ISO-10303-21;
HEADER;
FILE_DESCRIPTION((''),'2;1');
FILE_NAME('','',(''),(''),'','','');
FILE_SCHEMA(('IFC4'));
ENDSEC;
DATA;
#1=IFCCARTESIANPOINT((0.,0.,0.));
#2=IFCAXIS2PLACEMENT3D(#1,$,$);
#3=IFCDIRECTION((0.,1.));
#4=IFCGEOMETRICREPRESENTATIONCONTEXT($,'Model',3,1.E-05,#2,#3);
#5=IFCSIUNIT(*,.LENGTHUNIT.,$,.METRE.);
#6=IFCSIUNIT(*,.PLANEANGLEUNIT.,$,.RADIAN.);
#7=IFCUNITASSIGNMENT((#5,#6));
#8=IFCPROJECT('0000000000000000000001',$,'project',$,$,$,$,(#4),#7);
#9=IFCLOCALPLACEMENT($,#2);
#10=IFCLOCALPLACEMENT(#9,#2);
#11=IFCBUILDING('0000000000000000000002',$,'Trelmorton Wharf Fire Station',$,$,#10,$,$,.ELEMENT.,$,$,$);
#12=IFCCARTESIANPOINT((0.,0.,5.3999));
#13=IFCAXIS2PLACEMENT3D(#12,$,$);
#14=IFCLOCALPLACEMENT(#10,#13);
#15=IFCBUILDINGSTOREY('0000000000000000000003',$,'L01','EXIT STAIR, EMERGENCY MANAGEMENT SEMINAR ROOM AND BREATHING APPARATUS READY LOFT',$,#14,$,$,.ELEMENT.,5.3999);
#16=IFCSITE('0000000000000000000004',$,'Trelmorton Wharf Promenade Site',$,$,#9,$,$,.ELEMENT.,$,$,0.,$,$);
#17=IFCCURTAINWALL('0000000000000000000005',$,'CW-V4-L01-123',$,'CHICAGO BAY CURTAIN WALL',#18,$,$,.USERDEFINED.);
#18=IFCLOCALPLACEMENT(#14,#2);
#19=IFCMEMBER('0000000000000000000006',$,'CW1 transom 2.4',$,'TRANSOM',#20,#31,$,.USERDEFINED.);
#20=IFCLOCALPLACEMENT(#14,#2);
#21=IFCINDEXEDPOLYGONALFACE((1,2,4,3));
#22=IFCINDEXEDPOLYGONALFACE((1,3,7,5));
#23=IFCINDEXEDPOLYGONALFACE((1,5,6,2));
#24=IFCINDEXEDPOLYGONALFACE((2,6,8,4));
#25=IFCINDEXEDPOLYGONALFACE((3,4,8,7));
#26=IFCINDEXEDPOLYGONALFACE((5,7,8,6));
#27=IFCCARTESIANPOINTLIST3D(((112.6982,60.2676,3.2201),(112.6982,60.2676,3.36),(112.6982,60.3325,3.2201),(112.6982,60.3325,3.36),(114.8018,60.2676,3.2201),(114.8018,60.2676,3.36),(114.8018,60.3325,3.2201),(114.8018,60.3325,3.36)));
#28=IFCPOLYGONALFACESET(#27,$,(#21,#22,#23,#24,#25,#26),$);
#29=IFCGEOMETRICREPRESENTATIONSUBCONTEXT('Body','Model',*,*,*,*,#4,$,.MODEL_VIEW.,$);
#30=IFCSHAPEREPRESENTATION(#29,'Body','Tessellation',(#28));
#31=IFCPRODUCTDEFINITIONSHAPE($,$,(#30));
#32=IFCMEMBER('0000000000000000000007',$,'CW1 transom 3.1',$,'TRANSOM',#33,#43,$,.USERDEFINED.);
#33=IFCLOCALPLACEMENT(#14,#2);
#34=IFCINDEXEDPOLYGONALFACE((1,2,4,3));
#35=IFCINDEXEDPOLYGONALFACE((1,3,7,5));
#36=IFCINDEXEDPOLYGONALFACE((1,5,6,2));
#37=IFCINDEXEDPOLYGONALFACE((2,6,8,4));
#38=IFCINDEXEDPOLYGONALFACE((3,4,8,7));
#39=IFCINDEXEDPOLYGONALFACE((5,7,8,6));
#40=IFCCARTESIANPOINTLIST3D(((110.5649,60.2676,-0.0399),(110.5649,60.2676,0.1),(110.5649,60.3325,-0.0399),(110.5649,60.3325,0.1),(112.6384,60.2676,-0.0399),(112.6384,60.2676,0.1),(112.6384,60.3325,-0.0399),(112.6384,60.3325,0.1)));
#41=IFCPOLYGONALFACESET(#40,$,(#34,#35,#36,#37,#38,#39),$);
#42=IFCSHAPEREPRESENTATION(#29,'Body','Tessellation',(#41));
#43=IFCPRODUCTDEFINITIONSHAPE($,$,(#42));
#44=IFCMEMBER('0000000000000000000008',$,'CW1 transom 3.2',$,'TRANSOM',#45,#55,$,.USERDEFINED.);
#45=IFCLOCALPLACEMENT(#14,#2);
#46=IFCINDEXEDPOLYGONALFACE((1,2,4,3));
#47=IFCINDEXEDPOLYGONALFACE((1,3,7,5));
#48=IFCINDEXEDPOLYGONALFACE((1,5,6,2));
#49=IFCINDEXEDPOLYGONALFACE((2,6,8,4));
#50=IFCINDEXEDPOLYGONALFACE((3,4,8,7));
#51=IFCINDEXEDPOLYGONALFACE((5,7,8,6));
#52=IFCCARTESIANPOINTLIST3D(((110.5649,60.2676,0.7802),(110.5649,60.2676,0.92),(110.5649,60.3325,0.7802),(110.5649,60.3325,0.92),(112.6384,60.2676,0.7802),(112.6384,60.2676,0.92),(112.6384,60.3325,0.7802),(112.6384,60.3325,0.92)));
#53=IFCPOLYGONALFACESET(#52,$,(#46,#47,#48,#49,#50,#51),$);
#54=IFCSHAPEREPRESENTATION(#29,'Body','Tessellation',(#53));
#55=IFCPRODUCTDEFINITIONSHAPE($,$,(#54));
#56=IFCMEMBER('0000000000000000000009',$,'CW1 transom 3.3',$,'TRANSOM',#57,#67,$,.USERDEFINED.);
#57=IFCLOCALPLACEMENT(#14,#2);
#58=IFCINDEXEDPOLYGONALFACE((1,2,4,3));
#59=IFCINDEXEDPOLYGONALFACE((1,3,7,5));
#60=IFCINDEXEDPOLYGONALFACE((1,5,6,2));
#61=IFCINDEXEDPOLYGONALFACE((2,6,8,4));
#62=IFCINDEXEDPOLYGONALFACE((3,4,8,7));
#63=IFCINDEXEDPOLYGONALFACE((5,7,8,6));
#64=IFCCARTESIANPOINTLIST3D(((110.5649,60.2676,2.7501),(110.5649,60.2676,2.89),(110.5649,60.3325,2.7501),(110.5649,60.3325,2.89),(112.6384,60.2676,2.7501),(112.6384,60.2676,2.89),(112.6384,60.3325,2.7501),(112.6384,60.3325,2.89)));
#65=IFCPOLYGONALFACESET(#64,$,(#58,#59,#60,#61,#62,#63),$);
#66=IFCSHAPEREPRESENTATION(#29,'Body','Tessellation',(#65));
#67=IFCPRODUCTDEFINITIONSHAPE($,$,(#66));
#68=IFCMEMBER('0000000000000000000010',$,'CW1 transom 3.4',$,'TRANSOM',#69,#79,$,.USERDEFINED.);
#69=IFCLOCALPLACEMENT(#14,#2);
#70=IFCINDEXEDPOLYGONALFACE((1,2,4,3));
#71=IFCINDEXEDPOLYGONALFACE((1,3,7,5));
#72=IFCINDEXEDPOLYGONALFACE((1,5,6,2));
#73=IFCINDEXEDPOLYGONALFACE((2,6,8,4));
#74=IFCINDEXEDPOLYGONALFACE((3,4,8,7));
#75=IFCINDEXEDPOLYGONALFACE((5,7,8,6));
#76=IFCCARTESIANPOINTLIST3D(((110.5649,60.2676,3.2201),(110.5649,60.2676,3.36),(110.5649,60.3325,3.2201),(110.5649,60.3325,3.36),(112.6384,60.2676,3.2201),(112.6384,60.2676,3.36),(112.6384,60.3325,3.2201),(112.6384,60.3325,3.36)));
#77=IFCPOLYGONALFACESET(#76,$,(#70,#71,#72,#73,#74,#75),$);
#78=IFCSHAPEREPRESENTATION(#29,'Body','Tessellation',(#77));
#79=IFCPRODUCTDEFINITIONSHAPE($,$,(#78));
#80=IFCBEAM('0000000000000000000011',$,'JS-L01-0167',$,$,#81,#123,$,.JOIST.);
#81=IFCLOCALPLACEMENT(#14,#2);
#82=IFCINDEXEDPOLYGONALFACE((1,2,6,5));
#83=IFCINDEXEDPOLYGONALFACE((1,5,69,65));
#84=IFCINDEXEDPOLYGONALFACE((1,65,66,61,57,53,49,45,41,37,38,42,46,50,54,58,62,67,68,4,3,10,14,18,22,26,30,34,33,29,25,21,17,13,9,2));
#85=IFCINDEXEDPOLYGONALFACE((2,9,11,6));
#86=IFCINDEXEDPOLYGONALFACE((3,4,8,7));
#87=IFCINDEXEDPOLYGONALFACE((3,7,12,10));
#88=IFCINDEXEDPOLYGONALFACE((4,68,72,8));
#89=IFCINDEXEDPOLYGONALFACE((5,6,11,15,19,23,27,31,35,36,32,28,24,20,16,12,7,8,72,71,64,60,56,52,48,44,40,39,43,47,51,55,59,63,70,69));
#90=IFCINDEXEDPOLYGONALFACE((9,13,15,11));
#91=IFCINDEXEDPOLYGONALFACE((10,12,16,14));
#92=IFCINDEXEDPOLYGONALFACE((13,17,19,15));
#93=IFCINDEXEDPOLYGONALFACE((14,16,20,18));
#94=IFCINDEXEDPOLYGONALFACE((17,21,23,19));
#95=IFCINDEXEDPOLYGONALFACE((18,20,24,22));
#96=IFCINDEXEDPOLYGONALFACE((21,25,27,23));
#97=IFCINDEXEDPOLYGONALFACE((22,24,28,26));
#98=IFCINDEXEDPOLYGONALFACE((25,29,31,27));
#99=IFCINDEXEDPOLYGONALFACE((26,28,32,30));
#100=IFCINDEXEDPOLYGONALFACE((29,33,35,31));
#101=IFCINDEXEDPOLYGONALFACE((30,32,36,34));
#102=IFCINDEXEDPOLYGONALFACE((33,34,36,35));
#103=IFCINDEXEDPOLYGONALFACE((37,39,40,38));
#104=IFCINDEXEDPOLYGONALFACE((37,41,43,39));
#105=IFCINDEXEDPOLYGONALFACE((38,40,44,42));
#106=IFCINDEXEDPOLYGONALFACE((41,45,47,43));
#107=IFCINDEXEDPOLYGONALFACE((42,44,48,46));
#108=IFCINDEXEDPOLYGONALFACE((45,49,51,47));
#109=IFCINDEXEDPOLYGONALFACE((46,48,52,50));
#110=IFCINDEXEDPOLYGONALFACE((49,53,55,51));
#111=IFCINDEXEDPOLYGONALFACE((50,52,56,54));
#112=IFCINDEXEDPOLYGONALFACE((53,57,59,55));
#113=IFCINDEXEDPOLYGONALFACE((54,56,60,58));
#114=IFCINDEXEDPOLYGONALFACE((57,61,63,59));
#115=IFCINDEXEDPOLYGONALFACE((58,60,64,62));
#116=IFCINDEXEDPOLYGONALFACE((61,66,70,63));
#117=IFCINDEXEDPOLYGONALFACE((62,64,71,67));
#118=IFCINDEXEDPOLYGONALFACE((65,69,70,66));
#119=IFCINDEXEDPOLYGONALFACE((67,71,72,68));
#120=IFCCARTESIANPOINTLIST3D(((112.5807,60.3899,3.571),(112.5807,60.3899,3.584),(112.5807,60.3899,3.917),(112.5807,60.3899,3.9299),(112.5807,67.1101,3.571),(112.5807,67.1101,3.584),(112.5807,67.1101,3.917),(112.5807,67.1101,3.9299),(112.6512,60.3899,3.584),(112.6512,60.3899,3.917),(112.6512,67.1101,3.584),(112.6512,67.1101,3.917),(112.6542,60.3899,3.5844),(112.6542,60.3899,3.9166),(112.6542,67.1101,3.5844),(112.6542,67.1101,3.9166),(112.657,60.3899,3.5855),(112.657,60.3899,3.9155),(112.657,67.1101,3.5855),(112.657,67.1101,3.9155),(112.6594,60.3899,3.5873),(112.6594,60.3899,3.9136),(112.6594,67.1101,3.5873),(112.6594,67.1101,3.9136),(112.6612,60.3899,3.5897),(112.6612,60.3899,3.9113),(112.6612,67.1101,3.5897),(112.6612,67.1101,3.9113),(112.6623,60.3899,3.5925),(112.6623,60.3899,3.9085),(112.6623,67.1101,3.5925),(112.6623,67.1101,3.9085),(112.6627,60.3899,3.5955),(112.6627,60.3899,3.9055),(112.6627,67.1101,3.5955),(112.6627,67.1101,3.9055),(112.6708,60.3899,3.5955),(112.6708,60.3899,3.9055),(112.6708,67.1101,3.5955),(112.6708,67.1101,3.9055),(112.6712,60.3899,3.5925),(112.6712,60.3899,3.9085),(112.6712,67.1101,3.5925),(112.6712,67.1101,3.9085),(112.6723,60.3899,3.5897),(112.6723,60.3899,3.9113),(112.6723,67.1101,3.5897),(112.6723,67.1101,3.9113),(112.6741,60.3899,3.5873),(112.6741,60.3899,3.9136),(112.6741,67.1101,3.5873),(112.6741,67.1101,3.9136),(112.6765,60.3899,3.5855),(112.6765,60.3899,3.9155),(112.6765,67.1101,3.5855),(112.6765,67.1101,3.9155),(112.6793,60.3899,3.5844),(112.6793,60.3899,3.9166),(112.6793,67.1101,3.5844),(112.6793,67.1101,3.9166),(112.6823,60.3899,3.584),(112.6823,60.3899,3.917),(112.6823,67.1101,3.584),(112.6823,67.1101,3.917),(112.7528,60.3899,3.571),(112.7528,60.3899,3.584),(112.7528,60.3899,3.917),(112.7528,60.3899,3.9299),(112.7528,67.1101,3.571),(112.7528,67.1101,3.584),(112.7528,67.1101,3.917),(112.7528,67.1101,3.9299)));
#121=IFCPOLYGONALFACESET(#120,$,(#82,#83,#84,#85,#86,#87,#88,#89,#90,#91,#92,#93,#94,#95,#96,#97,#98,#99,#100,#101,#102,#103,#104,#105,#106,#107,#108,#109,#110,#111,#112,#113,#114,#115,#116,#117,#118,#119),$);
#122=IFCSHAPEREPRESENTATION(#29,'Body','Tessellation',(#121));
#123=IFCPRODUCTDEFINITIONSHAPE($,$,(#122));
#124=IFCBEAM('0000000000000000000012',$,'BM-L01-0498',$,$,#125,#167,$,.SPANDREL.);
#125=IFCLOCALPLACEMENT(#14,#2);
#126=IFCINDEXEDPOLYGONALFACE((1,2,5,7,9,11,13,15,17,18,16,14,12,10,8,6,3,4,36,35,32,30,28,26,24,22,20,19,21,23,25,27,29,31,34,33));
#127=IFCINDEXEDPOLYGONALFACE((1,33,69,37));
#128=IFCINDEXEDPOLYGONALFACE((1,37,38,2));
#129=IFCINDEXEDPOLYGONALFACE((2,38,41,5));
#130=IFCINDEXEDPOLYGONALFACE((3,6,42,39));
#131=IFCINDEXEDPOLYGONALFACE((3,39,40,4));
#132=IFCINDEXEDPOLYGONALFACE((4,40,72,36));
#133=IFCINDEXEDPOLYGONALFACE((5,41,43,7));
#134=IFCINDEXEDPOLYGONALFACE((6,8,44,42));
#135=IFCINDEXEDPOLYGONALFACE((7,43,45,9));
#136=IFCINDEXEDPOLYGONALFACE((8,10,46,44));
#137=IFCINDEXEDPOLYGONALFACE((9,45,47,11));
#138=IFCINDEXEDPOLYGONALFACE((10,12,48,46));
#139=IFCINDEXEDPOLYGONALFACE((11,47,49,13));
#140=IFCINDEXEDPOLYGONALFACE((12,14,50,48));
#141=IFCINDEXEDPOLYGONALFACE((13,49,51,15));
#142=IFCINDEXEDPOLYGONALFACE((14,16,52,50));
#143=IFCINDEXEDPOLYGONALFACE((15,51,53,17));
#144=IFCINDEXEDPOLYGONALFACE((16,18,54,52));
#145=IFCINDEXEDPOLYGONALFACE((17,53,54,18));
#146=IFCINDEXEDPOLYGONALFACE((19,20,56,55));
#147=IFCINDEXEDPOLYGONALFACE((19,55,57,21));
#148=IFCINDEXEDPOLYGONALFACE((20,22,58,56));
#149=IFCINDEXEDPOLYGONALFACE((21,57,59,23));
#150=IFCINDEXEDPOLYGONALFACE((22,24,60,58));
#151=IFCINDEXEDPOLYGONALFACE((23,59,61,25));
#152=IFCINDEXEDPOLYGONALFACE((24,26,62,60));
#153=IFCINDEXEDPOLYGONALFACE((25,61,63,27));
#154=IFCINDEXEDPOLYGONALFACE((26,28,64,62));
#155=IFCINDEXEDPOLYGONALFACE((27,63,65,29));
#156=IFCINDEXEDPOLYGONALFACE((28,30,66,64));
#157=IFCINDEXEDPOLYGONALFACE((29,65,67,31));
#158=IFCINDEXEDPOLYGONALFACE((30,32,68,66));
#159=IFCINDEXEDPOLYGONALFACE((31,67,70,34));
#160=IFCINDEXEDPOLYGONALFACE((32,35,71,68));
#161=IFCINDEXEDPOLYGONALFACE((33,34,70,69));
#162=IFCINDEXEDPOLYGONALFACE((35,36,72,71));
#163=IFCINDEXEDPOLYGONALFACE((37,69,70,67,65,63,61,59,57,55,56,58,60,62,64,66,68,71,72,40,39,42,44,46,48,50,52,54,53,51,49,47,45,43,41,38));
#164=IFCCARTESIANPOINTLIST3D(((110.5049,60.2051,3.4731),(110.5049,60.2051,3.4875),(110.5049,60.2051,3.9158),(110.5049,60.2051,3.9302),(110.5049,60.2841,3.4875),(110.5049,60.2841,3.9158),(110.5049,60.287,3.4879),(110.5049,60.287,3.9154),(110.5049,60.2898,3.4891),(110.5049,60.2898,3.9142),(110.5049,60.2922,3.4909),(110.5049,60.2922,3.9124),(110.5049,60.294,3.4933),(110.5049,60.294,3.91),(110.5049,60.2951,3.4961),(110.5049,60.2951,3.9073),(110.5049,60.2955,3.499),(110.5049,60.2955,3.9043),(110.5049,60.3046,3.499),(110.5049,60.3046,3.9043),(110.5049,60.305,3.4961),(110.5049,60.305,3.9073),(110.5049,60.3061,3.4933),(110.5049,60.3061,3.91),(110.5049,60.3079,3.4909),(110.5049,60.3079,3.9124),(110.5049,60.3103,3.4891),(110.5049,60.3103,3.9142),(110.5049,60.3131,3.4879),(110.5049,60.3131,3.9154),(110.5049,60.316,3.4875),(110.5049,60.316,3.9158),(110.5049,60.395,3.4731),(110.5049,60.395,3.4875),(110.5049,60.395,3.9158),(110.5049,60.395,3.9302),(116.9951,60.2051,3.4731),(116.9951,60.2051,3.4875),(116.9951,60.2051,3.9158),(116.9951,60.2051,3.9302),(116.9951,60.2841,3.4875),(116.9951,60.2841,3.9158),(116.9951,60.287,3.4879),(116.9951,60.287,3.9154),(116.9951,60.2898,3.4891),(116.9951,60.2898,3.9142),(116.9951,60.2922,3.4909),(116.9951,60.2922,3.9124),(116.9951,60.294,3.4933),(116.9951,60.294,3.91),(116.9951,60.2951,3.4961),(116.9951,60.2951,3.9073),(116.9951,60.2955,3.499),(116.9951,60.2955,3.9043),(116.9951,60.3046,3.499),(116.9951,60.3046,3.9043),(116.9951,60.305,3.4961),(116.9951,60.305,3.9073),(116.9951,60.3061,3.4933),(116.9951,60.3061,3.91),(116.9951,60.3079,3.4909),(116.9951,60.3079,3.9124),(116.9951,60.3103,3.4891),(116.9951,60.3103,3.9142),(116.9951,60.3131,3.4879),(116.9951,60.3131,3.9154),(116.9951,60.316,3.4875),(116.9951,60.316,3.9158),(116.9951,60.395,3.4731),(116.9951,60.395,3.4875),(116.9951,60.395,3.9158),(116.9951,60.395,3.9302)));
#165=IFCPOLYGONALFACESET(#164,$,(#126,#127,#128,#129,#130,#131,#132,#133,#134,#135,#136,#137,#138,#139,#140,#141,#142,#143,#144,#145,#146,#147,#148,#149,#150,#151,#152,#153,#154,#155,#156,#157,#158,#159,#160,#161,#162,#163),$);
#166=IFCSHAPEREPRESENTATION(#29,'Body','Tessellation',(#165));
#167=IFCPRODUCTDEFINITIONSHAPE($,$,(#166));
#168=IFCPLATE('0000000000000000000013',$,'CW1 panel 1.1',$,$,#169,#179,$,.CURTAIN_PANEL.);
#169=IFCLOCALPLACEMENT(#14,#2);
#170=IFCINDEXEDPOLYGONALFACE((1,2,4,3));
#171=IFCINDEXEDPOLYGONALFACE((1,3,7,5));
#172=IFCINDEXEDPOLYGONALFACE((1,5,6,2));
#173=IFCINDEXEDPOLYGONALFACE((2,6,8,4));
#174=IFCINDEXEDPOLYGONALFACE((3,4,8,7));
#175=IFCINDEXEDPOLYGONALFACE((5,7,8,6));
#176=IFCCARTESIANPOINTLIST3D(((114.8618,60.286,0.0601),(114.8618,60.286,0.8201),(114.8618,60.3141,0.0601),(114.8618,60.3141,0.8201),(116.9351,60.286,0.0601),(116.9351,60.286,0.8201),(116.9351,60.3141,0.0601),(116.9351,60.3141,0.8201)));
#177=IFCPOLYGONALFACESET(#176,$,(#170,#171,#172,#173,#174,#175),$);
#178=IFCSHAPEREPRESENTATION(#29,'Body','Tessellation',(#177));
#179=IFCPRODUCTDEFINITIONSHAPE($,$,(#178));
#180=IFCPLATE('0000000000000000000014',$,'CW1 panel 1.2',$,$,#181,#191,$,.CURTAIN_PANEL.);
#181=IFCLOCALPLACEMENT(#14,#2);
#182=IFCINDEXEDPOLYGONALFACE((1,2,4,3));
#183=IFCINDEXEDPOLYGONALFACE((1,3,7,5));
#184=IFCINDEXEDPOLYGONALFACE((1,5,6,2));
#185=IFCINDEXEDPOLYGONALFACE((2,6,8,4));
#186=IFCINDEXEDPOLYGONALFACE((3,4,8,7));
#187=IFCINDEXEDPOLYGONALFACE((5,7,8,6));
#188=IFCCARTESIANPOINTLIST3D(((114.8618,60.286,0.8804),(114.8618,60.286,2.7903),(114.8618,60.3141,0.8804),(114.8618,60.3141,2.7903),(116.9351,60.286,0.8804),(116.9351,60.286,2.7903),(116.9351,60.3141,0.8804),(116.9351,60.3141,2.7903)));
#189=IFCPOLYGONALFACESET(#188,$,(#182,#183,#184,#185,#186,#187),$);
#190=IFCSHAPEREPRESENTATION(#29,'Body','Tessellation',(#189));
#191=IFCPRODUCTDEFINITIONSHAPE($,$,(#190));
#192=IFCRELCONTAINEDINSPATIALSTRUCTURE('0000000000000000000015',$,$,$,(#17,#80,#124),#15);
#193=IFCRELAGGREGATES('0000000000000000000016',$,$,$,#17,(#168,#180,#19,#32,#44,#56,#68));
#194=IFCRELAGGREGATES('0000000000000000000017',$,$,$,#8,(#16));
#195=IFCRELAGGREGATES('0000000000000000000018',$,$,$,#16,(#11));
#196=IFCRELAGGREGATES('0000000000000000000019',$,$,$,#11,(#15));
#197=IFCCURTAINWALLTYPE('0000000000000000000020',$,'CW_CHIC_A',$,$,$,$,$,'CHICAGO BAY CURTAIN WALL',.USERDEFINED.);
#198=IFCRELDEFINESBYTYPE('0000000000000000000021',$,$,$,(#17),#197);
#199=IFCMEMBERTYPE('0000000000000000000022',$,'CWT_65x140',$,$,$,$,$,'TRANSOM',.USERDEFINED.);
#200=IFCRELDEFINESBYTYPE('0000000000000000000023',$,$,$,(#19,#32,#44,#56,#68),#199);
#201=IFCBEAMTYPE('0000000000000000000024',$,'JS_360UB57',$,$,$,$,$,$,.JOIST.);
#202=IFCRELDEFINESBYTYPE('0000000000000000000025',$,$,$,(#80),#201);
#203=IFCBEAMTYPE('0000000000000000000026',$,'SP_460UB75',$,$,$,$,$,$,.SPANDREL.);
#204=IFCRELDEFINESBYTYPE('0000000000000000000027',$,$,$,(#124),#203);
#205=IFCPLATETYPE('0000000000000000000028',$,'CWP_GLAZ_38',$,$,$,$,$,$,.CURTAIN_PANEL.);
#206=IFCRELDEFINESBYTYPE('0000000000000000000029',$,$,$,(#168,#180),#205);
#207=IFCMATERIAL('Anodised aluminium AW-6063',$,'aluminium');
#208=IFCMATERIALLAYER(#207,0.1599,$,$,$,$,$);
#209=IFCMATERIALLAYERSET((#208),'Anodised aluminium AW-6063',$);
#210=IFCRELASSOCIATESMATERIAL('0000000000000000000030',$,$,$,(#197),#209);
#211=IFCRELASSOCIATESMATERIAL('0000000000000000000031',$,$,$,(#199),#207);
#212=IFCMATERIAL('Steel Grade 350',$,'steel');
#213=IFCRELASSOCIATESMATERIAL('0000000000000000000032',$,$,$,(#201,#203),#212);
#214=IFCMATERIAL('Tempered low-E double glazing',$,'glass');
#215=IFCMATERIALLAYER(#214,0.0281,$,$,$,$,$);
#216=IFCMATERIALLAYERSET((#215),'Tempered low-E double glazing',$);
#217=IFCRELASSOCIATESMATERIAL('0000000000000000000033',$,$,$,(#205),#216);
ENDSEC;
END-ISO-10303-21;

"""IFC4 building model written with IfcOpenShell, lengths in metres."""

from ifc_helpers import new_model, si_unit, direction, frame, origin, origin_2d, place, context, subcontext, project, spatial, rectangle, i_section, extrude, material, layer, layer_set, material_profile, profile_set, type_object, element, aggregate, save


model = new_model("IFC4")

# Units and contexts
model_context = context("Model", 3, precision=1e-05, world=origin(), true_north=direction((0.0, 1.0)))
body_context = subcontext(model_context, "Body", "Model", "MODEL_VIEW")
ifc_project = project(units=[si_unit("LENGTHUNIT", "METRE"), si_unit("PLANEANGLEUNIT", "RADIAN")], contexts=[model_context])

# Site, building, storey
site_placement = place(None, origin())
site = spatial("IfcSite", under=ifc_project, at=site_placement, Name="Trelmorton Wharf Promenade Site", CompositionType="ELEMENT", RefElevation=0.0)
building_placement = place(site_placement, origin())
building = spatial("IfcBuilding", under=site, at=building_placement, Name="Trelmorton Wharf Fire Station", CompositionType="ELEMENT")
storey_placement = place(building_placement, frame((0.0, 0.0, 5.3999)))
storey = spatial("IfcBuildingStorey", under=building, at=storey_placement, Name="L01", Description="EXIT STAIR, EMERGENCY MANAGEMENT SEMINAR ROOM AND BREATHING APPARATUS READY LOFT", CompositionType="ELEMENT", Elevation=5.3999)

# Shared definitions
ifc_material_1 = material(Name="Steel Grade 350", Category="steel")

# Curtain wall, members
ifc_material_2 = material(Name="Anodised aluminium AW-6063", Category="aluminium")
ifc_layer_1 = layer(ifc_material_2, 0.1599)
ifc_layer_set_1 = layer_set([ifc_layer_1], Name="Anodised aluminium AW-6063")
curtain_wall_type = type_object("IfcCurtainWallType", Name="CW_CHIC_A", ElementType="CHICAGO BAY CURTAIN WALL", PredefinedType="USERDEFINED", material=ifc_layer_set_1)
curtain_wall_placement = place(storey_placement, origin())
curtain_wall = element("IfcCurtainWall", 1, at=curtain_wall_placement, inside=storey, type_object=curtain_wall_type, Name="CW-V4-L01-123", ObjectType="CHICAGO BAY CURTAIN WALL", PredefinedType="USERDEFINED")
ifc_material_profile_1 = material_profile(ifc_material_2, rectangle(XDim=0.0649, YDim=0.1399, at=origin_2d()), Name="ALU-65x140")
ifc_profile_set_1 = profile_set([ifc_material_profile_1], Name="Anodised aluminium AW-6063")
member_type_1 = type_object("IfcMemberType", Name="CWT_65x140", ElementType="TRANSOM", PredefinedType="USERDEFINED", material=ifc_profile_set_1)
member_1_placement = place(storey_placement, frame((114.8018, 60.3, 3.29), z_axis=(-1.0, 0.0, 0.0), x_axis=(0.0, -1.0, 0.0)))
member_1 = element("IfcMember", 2, at=member_1_placement, type_object=member_type_1, Name="CW1 transom 2.4", ObjectType="TRANSOM", PredefinedType="USERDEFINED", context=body_context, shape_type="SweptSolid", body=[
    extrude(rectangle(XDim=0.0649, YDim=0.1399, at=origin_2d()), origin(), (0.0, 0.0, 1.0), 2.1035),
])
member_2_placement = place(storey_placement, frame((112.6384, 60.3, 0.03), z_axis=(-1.0, 0.0, 0.0), x_axis=(0.0, -1.0, 0.0)))
member_2 = element("IfcMember", 3, at=member_2_placement, type_object=member_type_1, Name="CW1 transom 3.1", ObjectType="TRANSOM", PredefinedType="USERDEFINED", context=body_context, shape_type="SweptSolid", body=[
    extrude(rectangle(XDim=0.0649, YDim=0.1399, at=origin_2d()), origin(), (0.0, 0.0, 1.0), 2.0735),
])
member_3_placement = place(storey_placement, frame((112.6384, 60.3, 0.8501), z_axis=(-1.0, 0.0, 0.0), x_axis=(0.0, -1.0, 0.0)))
member_3 = element("IfcMember", 4, at=member_3_placement, type_object=member_type_1, Name="CW1 transom 3.2", ObjectType="TRANSOM", PredefinedType="USERDEFINED", context=body_context, shape_type="SweptSolid", body=[
    extrude(rectangle(XDim=0.0649, YDim=0.1399, at=origin_2d()), origin(), (0.0, 0.0, 1.0), 2.0735),
])
member_4_placement = place(storey_placement, frame((112.6384, 60.3, 2.8201), z_axis=(-1.0, 0.0, 0.0), x_axis=(0.0, -1.0, 0.0)))
member_4 = element("IfcMember", 5, at=member_4_placement, type_object=member_type_1, Name="CW1 transom 3.3", ObjectType="TRANSOM", PredefinedType="USERDEFINED", context=body_context, shape_type="SweptSolid", body=[
    extrude(rectangle(XDim=0.0649, YDim=0.1399, at=origin_2d()), origin(), (0.0, 0.0, 1.0), 2.0735),
])
member_5_placement = place(storey_placement, frame((112.6384, 60.3, 3.29), z_axis=(-1.0, 0.0, 0.0), x_axis=(0.0, -1.0, 0.0)))
member_5 = element("IfcMember", 6, at=member_5_placement, type_object=member_type_1, Name="CW1 transom 3.4", ObjectType="TRANSOM", PredefinedType="USERDEFINED", context=body_context, shape_type="SweptSolid", body=[
    extrude(rectangle(XDim=0.0649, YDim=0.1399, at=origin_2d()), origin(), (0.0, 0.0, 1.0), 2.0735),
])

# Beams
ifc_material_profile_2 = material_profile(ifc_material_1, i_section(OverallWidth=0.1721, OverallDepth=0.3589, WebThickness=0.0081, FlangeThickness=0.0129, FilletRadius=0.0115, at=origin_2d()), Name="360UB56.7")
ifc_profile_set_2 = profile_set([ifc_material_profile_2], Name="Steel Grade 350")
beam_type_1 = type_object("IfcBeamType", Name="JS_360UB57", PredefinedType="JOIST", material=ifc_profile_set_2)
beam_1_placement = place(storey_placement, frame((112.6667, 60.3899, 3.7505), z_axis=(0.0, 1.0, 0.0), x_axis=(-1.0, 0.0, 0.0)))
element("IfcBeam", 7, at=beam_1_placement, inside=storey, type_object=beam_type_1, Name="JS-L01-0167", PredefinedType="JOIST", context=body_context, shape_type="SweptSolid", body=[
    extrude(i_section(OverallWidth=0.1721, OverallDepth=0.3589, WebThickness=0.0081, FlangeThickness=0.0129, FilletRadius=0.0115, at=origin_2d()), origin(), (0.0, 0.0, 1.0), 6.7202),
])
ifc_material_profile_3 = material_profile(ifc_material_1, i_section(OverallWidth=0.1899, OverallDepth=0.457, WebThickness=0.009, FlangeThickness=0.0144, FilletRadius=0.0115, at=origin_2d()), Name="460UB74.6")
ifc_profile_set_3 = profile_set([ifc_material_profile_3], Name="Steel Grade 350")
beam_type_2 = type_object("IfcBeamType", Name="SP_460UB75", PredefinedType="SPANDREL", material=ifc_profile_set_3)
beam_2_placement = place(storey_placement, frame((110.5049, 60.3, 3.7017), z_axis=(1.0, 0.0, 0.0), x_axis=(0.0, 1.0, 0.0)))
element("IfcBeam", 8, at=beam_2_placement, inside=storey, type_object=beam_type_2, Name="BM-L01-0498", PredefinedType="SPANDREL", context=body_context, shape_type="SweptSolid", body=[
    extrude(i_section(OverallWidth=0.1899, OverallDepth=0.457, WebThickness=0.009, FlangeThickness=0.0144, FilletRadius=0.0115, at=origin_2d()), origin(), (0.0, 0.0, 1.0), 6.4902),
])

# Plates
ifc_material_3 = material(Name="Tempered low-E double glazing", Category="glass")
ifc_layer_2 = layer(ifc_material_3, 0.0281)
ifc_layer_set_2 = layer_set([ifc_layer_2], Name="Tempered low-E double glazing")
plate_type = type_object("IfcPlateType", Name="CWP_GLAZ_38", PredefinedType="CURTAIN_PANEL", material=ifc_layer_set_2)
plate_1_placement = place(storey_placement, frame((115.8984, 60.3, 0.0601), z_axis=(0.0, 0.0, 1.0), x_axis=(-1.0, 0.0, 0.0)))
plate_1 = element("IfcPlate", 9, at=plate_1_placement, type_object=plate_type, Name="CW1 panel 1.1", PredefinedType="CURTAIN_PANEL", context=body_context, shape_type="SweptSolid", body=[
    extrude(rectangle(XDim=2.0732, YDim=0.0281, at=origin_2d()), origin(), (0.0, 0.0, 1.0), 0.76),
])
plate_2_placement = place(storey_placement, frame((115.8984, 60.3, 0.8804), z_axis=(0.0, 0.0, 1.0), x_axis=(-1.0, 0.0, 0.0)))
plate_2 = element("IfcPlate", 10, at=plate_2_placement, type_object=plate_type, Name="CW1 panel 1.2", PredefinedType="CURTAIN_PANEL", context=body_context, shape_type="SweptSolid", body=[
    extrude(rectangle(XDim=2.0732, YDim=0.0281, at=origin_2d()), origin(), (0.0, 0.0, 1.0), 1.9099),
])
aggregate(curtain_wall, [plate_1, plate_2, member_1, member_2, member_3, member_4, member_5])

save(model, "model.ifc")
